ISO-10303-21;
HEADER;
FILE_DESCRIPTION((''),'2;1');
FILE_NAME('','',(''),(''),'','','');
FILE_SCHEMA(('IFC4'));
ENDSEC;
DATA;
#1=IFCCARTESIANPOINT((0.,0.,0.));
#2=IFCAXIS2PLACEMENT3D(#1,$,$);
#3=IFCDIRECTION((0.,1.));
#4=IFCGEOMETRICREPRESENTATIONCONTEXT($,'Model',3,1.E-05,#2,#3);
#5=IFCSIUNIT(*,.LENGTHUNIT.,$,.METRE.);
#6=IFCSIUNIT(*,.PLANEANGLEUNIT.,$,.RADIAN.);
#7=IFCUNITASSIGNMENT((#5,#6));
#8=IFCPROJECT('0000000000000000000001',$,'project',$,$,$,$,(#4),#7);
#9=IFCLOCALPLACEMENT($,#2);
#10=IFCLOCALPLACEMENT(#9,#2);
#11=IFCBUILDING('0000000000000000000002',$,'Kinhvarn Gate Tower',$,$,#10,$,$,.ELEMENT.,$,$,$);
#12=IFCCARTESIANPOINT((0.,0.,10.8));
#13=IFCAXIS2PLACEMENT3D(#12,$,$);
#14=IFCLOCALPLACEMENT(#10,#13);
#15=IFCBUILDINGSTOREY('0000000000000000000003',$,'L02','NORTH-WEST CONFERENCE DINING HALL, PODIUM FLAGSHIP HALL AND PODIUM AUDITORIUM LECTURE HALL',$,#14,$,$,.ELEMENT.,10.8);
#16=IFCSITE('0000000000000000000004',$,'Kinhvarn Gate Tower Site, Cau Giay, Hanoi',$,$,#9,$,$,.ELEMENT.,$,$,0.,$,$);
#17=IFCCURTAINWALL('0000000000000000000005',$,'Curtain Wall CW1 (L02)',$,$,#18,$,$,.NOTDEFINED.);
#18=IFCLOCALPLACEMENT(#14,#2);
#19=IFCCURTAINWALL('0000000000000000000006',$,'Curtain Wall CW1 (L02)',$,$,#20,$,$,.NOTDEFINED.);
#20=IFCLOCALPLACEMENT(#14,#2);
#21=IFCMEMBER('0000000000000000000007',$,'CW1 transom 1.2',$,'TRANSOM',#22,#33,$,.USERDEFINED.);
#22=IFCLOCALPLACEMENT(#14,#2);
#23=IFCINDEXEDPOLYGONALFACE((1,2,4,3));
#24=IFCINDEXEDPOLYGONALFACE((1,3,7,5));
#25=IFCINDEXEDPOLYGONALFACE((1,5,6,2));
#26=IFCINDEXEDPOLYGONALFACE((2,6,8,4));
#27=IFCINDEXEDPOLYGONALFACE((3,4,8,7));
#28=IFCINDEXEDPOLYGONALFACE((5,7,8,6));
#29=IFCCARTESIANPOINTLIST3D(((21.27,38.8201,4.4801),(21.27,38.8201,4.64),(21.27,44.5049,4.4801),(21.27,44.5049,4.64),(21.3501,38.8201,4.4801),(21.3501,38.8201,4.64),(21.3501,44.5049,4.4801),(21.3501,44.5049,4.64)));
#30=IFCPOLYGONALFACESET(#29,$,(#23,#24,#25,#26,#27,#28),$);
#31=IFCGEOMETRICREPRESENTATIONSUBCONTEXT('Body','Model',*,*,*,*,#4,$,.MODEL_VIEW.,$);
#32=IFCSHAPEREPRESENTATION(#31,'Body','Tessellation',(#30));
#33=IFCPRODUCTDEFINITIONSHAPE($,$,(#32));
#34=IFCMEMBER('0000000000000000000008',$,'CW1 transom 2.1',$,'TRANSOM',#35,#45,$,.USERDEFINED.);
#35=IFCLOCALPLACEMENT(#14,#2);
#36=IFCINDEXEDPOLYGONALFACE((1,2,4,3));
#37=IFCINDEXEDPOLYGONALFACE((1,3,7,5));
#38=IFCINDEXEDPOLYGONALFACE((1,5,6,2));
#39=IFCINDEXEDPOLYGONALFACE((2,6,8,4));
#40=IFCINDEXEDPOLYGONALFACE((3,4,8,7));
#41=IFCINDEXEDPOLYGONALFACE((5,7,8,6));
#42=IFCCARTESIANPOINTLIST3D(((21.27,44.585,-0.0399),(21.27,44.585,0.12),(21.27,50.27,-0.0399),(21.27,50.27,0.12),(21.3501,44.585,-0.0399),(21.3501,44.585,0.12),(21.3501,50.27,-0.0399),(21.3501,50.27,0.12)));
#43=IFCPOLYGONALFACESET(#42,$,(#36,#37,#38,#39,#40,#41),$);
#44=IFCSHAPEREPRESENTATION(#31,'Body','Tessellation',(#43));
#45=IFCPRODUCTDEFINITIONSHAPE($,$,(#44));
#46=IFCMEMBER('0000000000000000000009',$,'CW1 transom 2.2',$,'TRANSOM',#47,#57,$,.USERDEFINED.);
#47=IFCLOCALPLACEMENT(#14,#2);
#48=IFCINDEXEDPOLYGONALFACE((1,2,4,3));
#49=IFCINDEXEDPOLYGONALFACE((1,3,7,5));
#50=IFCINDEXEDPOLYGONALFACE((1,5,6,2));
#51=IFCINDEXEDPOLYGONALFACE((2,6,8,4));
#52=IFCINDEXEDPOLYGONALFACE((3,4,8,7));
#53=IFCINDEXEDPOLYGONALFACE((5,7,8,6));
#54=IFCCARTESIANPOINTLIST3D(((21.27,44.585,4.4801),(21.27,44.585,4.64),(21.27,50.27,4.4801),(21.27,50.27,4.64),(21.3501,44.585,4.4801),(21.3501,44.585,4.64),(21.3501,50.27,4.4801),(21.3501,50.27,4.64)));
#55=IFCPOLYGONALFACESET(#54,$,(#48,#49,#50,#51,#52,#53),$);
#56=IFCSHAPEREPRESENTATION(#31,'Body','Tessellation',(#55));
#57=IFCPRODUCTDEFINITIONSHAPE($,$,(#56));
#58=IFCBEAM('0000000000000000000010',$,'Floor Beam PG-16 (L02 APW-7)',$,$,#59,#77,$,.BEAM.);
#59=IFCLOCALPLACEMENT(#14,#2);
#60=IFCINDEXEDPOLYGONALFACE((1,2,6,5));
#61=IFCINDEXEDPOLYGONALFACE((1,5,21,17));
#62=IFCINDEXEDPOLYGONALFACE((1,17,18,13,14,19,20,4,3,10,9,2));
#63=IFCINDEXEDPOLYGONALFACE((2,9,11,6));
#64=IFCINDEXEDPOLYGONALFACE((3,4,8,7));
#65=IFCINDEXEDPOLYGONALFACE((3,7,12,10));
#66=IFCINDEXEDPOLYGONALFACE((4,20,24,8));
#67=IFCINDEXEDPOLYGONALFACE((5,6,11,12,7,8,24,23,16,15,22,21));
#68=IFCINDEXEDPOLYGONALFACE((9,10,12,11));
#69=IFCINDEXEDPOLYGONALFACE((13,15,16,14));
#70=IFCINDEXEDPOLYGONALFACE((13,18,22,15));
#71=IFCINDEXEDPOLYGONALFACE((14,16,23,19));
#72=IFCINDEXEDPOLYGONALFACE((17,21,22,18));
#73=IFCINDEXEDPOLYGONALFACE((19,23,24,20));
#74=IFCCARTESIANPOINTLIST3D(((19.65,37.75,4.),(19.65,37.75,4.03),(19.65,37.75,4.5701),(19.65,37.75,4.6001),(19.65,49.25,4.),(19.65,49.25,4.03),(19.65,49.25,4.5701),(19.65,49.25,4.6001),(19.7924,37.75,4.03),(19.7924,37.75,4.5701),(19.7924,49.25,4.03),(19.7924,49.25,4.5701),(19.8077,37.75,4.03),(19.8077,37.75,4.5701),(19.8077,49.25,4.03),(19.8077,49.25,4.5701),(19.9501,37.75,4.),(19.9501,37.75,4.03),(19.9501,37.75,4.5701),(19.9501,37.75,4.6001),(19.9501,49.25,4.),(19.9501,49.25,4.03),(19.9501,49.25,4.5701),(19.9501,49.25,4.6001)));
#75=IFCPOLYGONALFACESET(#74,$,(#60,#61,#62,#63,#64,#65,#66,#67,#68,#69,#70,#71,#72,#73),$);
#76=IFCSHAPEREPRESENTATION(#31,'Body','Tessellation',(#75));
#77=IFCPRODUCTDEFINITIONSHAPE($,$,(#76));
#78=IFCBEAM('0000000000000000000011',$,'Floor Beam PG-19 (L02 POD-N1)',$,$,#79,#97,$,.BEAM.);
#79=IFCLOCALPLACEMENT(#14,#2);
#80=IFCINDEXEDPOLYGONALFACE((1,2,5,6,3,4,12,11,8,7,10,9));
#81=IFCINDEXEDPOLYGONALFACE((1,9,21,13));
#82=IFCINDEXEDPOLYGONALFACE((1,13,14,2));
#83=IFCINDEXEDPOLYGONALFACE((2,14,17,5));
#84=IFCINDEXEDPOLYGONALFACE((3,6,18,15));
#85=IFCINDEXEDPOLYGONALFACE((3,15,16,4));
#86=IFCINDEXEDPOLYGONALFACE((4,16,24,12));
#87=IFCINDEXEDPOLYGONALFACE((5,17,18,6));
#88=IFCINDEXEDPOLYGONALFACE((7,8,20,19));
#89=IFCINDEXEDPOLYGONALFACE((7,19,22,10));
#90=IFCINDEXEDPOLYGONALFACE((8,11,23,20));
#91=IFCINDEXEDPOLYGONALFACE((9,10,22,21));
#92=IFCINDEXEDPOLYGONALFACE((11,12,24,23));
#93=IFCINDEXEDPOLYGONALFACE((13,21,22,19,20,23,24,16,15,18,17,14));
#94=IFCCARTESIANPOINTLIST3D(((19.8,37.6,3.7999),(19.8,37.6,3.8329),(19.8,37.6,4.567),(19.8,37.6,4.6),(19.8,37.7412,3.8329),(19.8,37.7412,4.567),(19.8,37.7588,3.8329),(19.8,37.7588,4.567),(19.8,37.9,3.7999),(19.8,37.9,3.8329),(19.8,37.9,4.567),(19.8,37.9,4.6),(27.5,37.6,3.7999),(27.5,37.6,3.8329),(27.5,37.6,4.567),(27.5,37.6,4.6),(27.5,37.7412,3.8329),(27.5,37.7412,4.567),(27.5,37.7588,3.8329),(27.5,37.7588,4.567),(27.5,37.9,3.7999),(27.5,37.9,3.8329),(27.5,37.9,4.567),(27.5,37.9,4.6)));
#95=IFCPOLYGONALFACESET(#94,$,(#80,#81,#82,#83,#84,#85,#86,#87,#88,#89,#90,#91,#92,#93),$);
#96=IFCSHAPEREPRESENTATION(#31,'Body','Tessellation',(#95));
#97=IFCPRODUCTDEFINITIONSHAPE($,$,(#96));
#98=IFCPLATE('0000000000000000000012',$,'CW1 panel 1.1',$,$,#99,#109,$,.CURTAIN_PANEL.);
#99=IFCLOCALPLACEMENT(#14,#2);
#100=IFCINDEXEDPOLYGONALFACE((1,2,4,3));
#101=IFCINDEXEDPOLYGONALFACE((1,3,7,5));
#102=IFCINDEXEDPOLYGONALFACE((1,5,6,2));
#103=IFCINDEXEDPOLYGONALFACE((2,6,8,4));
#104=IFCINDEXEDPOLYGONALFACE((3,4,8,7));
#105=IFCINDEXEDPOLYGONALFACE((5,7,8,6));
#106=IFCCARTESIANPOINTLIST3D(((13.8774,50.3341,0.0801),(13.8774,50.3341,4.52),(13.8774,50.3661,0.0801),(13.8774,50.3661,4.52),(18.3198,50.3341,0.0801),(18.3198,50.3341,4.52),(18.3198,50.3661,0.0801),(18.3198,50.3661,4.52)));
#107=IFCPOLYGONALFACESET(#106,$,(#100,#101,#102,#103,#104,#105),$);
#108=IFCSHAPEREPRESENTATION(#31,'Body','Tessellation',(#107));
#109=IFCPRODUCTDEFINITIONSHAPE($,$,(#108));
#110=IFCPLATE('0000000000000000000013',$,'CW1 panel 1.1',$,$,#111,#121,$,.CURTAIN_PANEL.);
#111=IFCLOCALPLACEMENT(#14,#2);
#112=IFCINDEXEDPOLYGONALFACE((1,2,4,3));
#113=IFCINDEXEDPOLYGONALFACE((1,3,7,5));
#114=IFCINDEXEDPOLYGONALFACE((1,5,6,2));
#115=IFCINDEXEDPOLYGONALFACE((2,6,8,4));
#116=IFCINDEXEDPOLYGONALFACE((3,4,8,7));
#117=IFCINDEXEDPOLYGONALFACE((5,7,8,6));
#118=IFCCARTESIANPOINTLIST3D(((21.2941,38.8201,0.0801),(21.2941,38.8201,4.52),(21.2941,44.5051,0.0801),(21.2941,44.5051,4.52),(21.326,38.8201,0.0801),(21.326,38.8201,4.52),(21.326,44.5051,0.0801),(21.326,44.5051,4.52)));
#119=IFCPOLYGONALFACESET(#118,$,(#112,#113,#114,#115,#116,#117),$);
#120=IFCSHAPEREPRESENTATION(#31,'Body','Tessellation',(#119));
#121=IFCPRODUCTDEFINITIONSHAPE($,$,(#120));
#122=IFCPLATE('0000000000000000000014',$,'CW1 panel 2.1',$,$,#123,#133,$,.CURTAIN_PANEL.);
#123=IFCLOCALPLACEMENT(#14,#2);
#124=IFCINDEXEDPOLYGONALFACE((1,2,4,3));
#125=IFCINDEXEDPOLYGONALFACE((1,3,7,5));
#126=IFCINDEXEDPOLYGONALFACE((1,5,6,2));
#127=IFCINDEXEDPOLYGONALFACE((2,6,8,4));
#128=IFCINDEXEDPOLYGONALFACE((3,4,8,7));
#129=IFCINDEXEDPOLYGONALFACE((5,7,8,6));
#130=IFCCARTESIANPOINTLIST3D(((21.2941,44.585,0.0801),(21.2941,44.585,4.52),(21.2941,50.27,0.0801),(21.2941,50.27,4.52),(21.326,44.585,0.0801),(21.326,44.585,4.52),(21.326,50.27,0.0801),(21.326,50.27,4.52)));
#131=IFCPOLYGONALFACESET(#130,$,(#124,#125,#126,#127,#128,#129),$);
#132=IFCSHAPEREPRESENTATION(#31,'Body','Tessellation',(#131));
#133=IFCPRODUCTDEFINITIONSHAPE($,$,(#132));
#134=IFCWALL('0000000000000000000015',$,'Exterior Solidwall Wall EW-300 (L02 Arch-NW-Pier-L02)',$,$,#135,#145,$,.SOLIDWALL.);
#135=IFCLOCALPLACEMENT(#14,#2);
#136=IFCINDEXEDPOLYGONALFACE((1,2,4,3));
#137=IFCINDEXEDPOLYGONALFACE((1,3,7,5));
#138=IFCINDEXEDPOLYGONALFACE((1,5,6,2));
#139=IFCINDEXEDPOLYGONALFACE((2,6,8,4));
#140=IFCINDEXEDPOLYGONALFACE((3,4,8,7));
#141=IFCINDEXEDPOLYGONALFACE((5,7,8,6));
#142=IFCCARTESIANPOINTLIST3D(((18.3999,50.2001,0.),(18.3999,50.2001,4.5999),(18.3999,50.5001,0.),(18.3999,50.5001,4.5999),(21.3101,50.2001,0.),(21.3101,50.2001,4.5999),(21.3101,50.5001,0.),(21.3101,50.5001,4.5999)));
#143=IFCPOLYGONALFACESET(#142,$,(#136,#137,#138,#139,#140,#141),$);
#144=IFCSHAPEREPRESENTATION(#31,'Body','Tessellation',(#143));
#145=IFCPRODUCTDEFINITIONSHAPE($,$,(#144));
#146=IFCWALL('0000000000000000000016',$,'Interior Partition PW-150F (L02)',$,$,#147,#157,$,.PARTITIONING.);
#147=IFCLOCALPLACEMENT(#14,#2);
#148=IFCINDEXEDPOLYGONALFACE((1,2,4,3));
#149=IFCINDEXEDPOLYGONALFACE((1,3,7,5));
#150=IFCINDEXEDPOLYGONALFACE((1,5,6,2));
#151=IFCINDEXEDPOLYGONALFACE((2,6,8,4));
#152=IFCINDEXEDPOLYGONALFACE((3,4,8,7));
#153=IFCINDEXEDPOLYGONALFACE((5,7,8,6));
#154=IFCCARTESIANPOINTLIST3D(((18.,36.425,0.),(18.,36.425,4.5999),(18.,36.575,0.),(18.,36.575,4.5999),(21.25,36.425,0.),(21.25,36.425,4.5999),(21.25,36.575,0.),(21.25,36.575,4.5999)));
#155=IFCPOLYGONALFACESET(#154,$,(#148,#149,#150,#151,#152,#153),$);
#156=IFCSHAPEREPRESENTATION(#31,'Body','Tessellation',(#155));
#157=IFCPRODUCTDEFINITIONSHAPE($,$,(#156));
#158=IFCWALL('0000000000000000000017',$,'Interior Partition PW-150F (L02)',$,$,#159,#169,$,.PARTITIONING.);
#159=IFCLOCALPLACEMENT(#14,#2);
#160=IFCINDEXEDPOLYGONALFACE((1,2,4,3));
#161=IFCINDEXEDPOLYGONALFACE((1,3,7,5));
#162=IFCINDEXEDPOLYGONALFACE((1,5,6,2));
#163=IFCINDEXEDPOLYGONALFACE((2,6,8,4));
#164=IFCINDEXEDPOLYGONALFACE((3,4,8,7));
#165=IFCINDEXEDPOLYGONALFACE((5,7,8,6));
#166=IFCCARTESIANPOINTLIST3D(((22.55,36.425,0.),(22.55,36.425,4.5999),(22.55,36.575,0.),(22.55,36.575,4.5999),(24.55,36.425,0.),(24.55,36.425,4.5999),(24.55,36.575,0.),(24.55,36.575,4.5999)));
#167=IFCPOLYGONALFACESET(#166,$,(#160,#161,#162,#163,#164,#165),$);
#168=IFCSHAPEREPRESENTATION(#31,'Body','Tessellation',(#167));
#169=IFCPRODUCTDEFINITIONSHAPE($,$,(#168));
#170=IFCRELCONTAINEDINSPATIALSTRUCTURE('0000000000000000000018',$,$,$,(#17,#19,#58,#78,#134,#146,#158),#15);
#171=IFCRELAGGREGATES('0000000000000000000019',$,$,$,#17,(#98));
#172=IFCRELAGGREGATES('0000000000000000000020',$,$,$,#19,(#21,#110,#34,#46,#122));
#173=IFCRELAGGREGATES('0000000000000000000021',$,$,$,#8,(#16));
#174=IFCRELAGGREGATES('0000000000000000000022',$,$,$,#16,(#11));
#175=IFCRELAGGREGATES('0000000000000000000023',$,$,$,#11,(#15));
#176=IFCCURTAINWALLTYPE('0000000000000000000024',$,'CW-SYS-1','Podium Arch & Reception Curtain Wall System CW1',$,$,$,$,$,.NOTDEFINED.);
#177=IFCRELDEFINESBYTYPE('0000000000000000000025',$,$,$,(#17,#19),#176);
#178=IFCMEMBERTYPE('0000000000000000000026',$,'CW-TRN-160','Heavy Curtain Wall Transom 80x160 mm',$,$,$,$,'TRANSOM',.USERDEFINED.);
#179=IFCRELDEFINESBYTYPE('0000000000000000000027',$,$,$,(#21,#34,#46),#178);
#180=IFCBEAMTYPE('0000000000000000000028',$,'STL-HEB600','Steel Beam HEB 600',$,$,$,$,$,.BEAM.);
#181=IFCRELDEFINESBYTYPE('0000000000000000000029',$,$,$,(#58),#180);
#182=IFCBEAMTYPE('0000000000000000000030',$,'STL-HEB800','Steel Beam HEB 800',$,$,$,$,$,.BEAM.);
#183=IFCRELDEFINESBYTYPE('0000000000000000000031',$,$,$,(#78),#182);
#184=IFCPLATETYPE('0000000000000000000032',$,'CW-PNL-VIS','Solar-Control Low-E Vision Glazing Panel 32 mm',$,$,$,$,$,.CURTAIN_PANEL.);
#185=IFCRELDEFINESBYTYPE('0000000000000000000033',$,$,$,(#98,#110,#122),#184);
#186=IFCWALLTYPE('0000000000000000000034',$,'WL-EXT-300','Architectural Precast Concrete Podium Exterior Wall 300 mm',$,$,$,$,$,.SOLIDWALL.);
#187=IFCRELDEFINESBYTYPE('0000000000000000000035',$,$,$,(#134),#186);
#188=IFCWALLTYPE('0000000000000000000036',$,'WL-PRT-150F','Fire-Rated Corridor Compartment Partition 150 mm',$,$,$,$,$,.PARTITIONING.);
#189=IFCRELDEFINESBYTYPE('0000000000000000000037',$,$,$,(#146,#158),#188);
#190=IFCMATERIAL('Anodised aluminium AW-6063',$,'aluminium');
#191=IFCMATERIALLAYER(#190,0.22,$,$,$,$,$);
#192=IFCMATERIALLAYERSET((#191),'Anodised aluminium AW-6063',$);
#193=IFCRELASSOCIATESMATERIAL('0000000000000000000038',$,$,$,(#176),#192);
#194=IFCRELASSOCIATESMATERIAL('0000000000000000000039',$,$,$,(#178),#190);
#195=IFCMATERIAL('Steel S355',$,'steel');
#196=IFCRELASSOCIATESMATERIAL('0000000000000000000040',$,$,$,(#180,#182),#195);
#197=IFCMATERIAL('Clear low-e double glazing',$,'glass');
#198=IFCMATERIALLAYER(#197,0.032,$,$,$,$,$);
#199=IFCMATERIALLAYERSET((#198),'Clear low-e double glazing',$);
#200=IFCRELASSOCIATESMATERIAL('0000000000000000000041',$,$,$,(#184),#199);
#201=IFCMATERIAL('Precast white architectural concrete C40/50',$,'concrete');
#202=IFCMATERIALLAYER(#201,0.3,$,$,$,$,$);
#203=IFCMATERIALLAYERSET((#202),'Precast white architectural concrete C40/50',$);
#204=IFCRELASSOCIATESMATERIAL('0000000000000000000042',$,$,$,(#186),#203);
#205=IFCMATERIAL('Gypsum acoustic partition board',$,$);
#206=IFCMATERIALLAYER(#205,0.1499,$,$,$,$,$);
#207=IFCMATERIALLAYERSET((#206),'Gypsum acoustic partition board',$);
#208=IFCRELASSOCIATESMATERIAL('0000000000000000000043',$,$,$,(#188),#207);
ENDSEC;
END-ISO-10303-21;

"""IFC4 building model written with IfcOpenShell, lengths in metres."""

from ifc_helpers import new_model, si_unit, direction, frame, frame_2d, origin, origin_2d, place, context, subcontext, project, spatial, rectangle, i_section, extrude, material, layer, layer_set, material_profile, profile_set, type_object, element, aggregate, save


model = new_model("IFC4")

# Units and contexts
model_context = context("Model", 3, precision=1e-05, world=origin(), true_north=direction((0.0, 1.0)))
body_context = subcontext(model_context, "Body", "Model", "MODEL_VIEW")
ifc_project = project(units=[si_unit("LENGTHUNIT", "METRE"), si_unit("PLANEANGLEUNIT", "RADIAN")], contexts=[model_context])

# Site, building, storey
site_placement = place(None, origin())
site = spatial("IfcSite", under=ifc_project, at=site_placement, Name="Kinhvarn Gate Tower Site, Cau Giay, Hanoi", CompositionType="ELEMENT", RefElevation=0.0)
building_placement = place(site_placement, origin())
building = spatial("IfcBuilding", under=site, at=building_placement, Name="Kinhvarn Gate Tower", CompositionType="ELEMENT")
storey_placement = place(building_placement, frame((0.0, 0.0, 10.8)))
storey = spatial("IfcBuildingStorey", under=building, at=storey_placement, Name="L02", Description="NORTH-WEST CONFERENCE DINING HALL, PODIUM FLAGSHIP HALL AND PODIUM AUDITORIUM LECTURE HALL", CompositionType="ELEMENT", Elevation=10.8)

# Curtain wall
ifc_material_1 = material(Name="Anodised aluminium AW-6063", Category="aluminium")
ifc_layer_1 = layer(ifc_material_1, 0.22)
ifc_layer_set_1 = layer_set([ifc_layer_1], Name="Anodised aluminium AW-6063")
curtain_wall_type = type_object("IfcCurtainWallType", Name="CW-SYS-1", Description="Podium Arch & Reception Curtain Wall System CW1", PredefinedType="NOTDEFINED", material=ifc_layer_set_1)
curtain_wall_1_placement = place(storey_placement, origin())
curtain_wall_1 = element("IfcCurtainWall", 1, at=curtain_wall_1_placement, inside=storey, type_object=curtain_wall_type, Name="Curtain Wall CW1 (L02)", PredefinedType="NOTDEFINED")

# Curtain wall
curtain_wall_2_placement = place(storey_placement, origin())
curtain_wall_2 = element("IfcCurtainWall", 2, at=curtain_wall_2_placement, inside=storey, type_object=curtain_wall_type, Name="Curtain Wall CW1 (L02)", PredefinedType="NOTDEFINED")

# Members
ifc_material_profile_1 = material_profile(ifc_material_1, rectangle(XDim=0.0801, YDim=0.1599, at=origin_2d()), Name="ALU 80x160")
ifc_profile_set_1 = profile_set([ifc_material_profile_1], Name="Anodised aluminium AW-6063")
member_type_1 = type_object("IfcMemberType", Name="CW-TRN-160", Description="Heavy Curtain Wall Transom 80x160 mm", ElementType="TRANSOM", PredefinedType="USERDEFINED", material=ifc_profile_set_1)
member_1_placement = place(storey_placement, frame((21.3101, 38.8201, 4.5601), z_axis=(0.0, 1.0, 0.0), x_axis=(-1.0, 0.0, 0.0)))
member_1 = element("IfcMember", 3, at=member_1_placement, type_object=member_type_1, Name="CW1 transom 1.2", ObjectType="TRANSOM", PredefinedType="USERDEFINED", context=body_context, shape_type="SweptSolid", body=[
    extrude(rectangle(XDim=0.0801, YDim=0.1599, at=origin_2d()), origin(), (0.0, 0.0, 1.0), 5.6848),
])
member_2_placement = place(storey_placement, frame((21.3101, 44.585, 0.04), z_axis=(0.0, 1.0, 0.0), x_axis=(-1.0, 0.0, 0.0)))
member_2 = element("IfcMember", 4, at=member_2_placement, type_object=member_type_1, Name="CW1 transom 2.1", ObjectType="TRANSOM", PredefinedType="USERDEFINED", context=body_context, shape_type="SweptSolid", body=[
    extrude(rectangle(XDim=0.0801, YDim=0.1599, at=origin_2d()), origin(), (0.0, 0.0, 1.0), 5.6851),
])
member_3_placement = place(storey_placement, frame((21.3101, 44.585, 4.5601), z_axis=(0.0, 1.0, 0.0), x_axis=(-1.0, 0.0, 0.0)))
member_3 = element("IfcMember", 5, at=member_3_placement, type_object=member_type_1, Name="CW1 transom 2.2", ObjectType="TRANSOM", PredefinedType="USERDEFINED", context=body_context, shape_type="SweptSolid", body=[
    extrude(rectangle(XDim=0.0801, YDim=0.1599, at=origin_2d()), origin(), (0.0, 0.0, 1.0), 5.6851),
])

# Beams
ifc_material_2 = material(Name="Steel S355", Category="steel")
ifc_material_profile_2 = material_profile(ifc_material_2, i_section(OverallWidth=0.3, OverallDepth=0.6001, WebThickness=0.0154, FlangeThickness=0.03, at=origin_2d()), Name="HEB 600")
ifc_profile_set_2 = profile_set([ifc_material_profile_2], Name="Steel S355")
beam_type_1 = type_object("IfcBeamType", Name="STL-HEB600", Description="Steel Beam HEB 600", PredefinedType="BEAM", material=ifc_profile_set_2)
beam_1_placement = place(storey_placement, frame((19.8, 37.75, 4.3), z_axis=(0.0, 1.0, 0.0), x_axis=(-1.0, 0.0, 0.0)))
element("IfcBeam", 6, at=beam_1_placement, inside=storey, type_object=beam_type_1, Name="Floor Beam PG-16 (L02 APW-7)", PredefinedType="BEAM", context=body_context, shape_type="SweptSolid", body=[
    extrude(i_section(OverallWidth=0.3, OverallDepth=0.6001, WebThickness=0.0154, FlangeThickness=0.03, at=origin_2d()), origin(), (0.0, 0.0, 1.0), 11.5),
])
ifc_material_profile_3 = material_profile(ifc_material_2, i_section(OverallWidth=0.3, OverallDepth=0.8, WebThickness=0.0176, FlangeThickness=0.033, at=origin_2d()), Name="HEB 800")
ifc_profile_set_3 = profile_set([ifc_material_profile_3], Name="Steel S355")
beam_type_2 = type_object("IfcBeamType", Name="STL-HEB800", Description="Steel Beam HEB 800", PredefinedType="BEAM", material=ifc_profile_set_3)
beam_2_placement = place(storey_placement, frame((19.8, 37.75, 4.2), z_axis=(1.0, 0.0, 0.0), x_axis=(0.0, 1.0, 0.0)))
element("IfcBeam", 7, at=beam_2_placement, inside=storey, type_object=beam_type_2, Name="Floor Beam PG-19 (L02 POD-N1)", PredefinedType="BEAM", context=body_context, shape_type="SweptSolid", body=[
    extrude(i_section(OverallWidth=0.3, OverallDepth=0.8, WebThickness=0.0176, FlangeThickness=0.033, at=origin_2d()), origin(), (0.0, 0.0, 1.0), 7.7),
])

# Plates
ifc_material_3 = material(Name="Clear low-e double glazing", Category="glass")
ifc_layer_2 = layer(ifc_material_3, 0.032)
ifc_layer_set_2 = layer_set([ifc_layer_2], Name="Clear low-e double glazing")
plate_type = type_object("IfcPlateType", Name="CW-PNL-VIS", Description="Solar-Control Low-E Vision Glazing Panel 32 mm", PredefinedType="CURTAIN_PANEL", material=ifc_layer_set_2)
plate_1_placement = place(storey_placement, frame((16.0986, 50.3501, 0.0801), z_axis=(0.0, 0.0, 1.0), x_axis=(-1.0, 0.0, 0.0)))
plate_1 = element("IfcPlate", 8, at=plate_1_placement, type_object=plate_type, Name="CW1 panel 1.1", PredefinedType="CURTAIN_PANEL", context=body_context, shape_type="SweptSolid", body=[
    extrude(rectangle(XDim=4.4424, YDim=0.032, at=origin_2d()), origin(), (0.0, 0.0, 1.0), 4.4399),
])
aggregate(curtain_wall_1, [plate_1])
plate_2_placement = place(storey_placement, frame((21.3101, 41.6626, 0.0801), z_axis=(0.0, 0.0, 1.0), x_axis=(0.0, 1.0, 0.0)))
plate_2 = element("IfcPlate", 9, at=plate_2_placement, type_object=plate_type, Name="CW1 panel 1.1", PredefinedType="CURTAIN_PANEL", context=body_context, shape_type="SweptSolid", body=[
    extrude(rectangle(XDim=5.6851, YDim=0.032, at=origin_2d()), origin(), (0.0, 0.0, 1.0), 4.4399),
])
plate_3_placement = place(storey_placement, frame((21.3101, 47.4275, 0.0801), z_axis=(0.0, 0.0, 1.0), x_axis=(0.0, 1.0, 0.0)))
plate_3 = element("IfcPlate", 10, at=plate_3_placement, type_object=plate_type, Name="CW1 panel 2.1", PredefinedType="CURTAIN_PANEL", context=body_context, shape_type="SweptSolid", body=[
    extrude(rectangle(XDim=5.6851, YDim=0.032, at=origin_2d()), origin(), (0.0, 0.0, 1.0), 4.4399),
])
aggregate(curtain_wall_2, [member_1, plate_2, member_2, member_3, plate_3])

# Walls
ifc_material_4 = material(Name="Precast white architectural concrete C40/50", Category="concrete")
ifc_layer_3 = layer(ifc_material_4, 0.3)
ifc_layer_set_3 = layer_set([ifc_layer_3], Name="Precast white architectural concrete C40/50")
wall_type_1 = type_object("IfcWallType", Name="WL-EXT-300", Description="Architectural Precast Concrete Podium Exterior Wall 300 mm", PredefinedType="SOLIDWALL", material=ifc_layer_set_3)
wall_1_placement = place(storey_placement, frame((21.3101, 50.3501, 0.0), z_axis=(0.0, 0.0, 1.0), x_axis=(-1.0, 0.0, 0.0)))
element("IfcWall", 11, at=wall_1_placement, inside=storey, type_object=wall_type_1, Name="Exterior Solidwall Wall EW-300 (L02 Arch-NW-Pier-L02)", PredefinedType="SOLIDWALL", context=body_context, shape_type="SweptSolid", body=[
    extrude(rectangle(XDim=2.9102, YDim=0.3, at=frame_2d((1.4551, 0.0))), origin(), (0.0, 0.0, 1.0), 4.5999),
])
ifc_material_5 = material(Name="Gypsum acoustic partition board")
ifc_layer_4 = layer(ifc_material_5, 0.1499)
ifc_layer_set_4 = layer_set([ifc_layer_4], Name="Gypsum acoustic partition board")
wall_type_2 = type_object("IfcWallType", Name="WL-PRT-150F", Description="Fire-Rated Corridor Compartment Partition 150 mm", PredefinedType="PARTITIONING", material=ifc_layer_set_4)
wall_2_placement = place(storey_placement, frame((18.0, 36.5, 0.0), z_axis=(0.0, 0.0, 1.0), x_axis=(1.0, 0.0, 0.0)))
element("IfcWall", 12, at=wall_2_placement, inside=storey, type_object=wall_type_2, Name="Interior Partition PW-150F (L02)", PredefinedType="PARTITIONING", context=body_context, shape_type="SweptSolid", body=[
    extrude(rectangle(XDim=3.25, YDim=0.1499, at=frame_2d((1.625, 0.0))), origin(), (0.0, 0.0, 1.0), 4.5999),
])
wall_3_placement = place(storey_placement, frame((22.55, 36.5, 0.0), z_axis=(0.0, 0.0, 1.0), x_axis=(1.0, 0.0, 0.0)))
element("IfcWall", 13, at=wall_3_placement, inside=storey, type_object=wall_type_2, Name="Interior Partition PW-150F (L02)", PredefinedType="PARTITIONING", context=body_context, shape_type="SweptSolid", body=[
    extrude(rectangle(XDim=2.0, YDim=0.1499, at=frame_2d((1.0, 0.0))), origin(), (0.0, 0.0, 1.0), 4.5999),
])

save(model, "model.ifc")
